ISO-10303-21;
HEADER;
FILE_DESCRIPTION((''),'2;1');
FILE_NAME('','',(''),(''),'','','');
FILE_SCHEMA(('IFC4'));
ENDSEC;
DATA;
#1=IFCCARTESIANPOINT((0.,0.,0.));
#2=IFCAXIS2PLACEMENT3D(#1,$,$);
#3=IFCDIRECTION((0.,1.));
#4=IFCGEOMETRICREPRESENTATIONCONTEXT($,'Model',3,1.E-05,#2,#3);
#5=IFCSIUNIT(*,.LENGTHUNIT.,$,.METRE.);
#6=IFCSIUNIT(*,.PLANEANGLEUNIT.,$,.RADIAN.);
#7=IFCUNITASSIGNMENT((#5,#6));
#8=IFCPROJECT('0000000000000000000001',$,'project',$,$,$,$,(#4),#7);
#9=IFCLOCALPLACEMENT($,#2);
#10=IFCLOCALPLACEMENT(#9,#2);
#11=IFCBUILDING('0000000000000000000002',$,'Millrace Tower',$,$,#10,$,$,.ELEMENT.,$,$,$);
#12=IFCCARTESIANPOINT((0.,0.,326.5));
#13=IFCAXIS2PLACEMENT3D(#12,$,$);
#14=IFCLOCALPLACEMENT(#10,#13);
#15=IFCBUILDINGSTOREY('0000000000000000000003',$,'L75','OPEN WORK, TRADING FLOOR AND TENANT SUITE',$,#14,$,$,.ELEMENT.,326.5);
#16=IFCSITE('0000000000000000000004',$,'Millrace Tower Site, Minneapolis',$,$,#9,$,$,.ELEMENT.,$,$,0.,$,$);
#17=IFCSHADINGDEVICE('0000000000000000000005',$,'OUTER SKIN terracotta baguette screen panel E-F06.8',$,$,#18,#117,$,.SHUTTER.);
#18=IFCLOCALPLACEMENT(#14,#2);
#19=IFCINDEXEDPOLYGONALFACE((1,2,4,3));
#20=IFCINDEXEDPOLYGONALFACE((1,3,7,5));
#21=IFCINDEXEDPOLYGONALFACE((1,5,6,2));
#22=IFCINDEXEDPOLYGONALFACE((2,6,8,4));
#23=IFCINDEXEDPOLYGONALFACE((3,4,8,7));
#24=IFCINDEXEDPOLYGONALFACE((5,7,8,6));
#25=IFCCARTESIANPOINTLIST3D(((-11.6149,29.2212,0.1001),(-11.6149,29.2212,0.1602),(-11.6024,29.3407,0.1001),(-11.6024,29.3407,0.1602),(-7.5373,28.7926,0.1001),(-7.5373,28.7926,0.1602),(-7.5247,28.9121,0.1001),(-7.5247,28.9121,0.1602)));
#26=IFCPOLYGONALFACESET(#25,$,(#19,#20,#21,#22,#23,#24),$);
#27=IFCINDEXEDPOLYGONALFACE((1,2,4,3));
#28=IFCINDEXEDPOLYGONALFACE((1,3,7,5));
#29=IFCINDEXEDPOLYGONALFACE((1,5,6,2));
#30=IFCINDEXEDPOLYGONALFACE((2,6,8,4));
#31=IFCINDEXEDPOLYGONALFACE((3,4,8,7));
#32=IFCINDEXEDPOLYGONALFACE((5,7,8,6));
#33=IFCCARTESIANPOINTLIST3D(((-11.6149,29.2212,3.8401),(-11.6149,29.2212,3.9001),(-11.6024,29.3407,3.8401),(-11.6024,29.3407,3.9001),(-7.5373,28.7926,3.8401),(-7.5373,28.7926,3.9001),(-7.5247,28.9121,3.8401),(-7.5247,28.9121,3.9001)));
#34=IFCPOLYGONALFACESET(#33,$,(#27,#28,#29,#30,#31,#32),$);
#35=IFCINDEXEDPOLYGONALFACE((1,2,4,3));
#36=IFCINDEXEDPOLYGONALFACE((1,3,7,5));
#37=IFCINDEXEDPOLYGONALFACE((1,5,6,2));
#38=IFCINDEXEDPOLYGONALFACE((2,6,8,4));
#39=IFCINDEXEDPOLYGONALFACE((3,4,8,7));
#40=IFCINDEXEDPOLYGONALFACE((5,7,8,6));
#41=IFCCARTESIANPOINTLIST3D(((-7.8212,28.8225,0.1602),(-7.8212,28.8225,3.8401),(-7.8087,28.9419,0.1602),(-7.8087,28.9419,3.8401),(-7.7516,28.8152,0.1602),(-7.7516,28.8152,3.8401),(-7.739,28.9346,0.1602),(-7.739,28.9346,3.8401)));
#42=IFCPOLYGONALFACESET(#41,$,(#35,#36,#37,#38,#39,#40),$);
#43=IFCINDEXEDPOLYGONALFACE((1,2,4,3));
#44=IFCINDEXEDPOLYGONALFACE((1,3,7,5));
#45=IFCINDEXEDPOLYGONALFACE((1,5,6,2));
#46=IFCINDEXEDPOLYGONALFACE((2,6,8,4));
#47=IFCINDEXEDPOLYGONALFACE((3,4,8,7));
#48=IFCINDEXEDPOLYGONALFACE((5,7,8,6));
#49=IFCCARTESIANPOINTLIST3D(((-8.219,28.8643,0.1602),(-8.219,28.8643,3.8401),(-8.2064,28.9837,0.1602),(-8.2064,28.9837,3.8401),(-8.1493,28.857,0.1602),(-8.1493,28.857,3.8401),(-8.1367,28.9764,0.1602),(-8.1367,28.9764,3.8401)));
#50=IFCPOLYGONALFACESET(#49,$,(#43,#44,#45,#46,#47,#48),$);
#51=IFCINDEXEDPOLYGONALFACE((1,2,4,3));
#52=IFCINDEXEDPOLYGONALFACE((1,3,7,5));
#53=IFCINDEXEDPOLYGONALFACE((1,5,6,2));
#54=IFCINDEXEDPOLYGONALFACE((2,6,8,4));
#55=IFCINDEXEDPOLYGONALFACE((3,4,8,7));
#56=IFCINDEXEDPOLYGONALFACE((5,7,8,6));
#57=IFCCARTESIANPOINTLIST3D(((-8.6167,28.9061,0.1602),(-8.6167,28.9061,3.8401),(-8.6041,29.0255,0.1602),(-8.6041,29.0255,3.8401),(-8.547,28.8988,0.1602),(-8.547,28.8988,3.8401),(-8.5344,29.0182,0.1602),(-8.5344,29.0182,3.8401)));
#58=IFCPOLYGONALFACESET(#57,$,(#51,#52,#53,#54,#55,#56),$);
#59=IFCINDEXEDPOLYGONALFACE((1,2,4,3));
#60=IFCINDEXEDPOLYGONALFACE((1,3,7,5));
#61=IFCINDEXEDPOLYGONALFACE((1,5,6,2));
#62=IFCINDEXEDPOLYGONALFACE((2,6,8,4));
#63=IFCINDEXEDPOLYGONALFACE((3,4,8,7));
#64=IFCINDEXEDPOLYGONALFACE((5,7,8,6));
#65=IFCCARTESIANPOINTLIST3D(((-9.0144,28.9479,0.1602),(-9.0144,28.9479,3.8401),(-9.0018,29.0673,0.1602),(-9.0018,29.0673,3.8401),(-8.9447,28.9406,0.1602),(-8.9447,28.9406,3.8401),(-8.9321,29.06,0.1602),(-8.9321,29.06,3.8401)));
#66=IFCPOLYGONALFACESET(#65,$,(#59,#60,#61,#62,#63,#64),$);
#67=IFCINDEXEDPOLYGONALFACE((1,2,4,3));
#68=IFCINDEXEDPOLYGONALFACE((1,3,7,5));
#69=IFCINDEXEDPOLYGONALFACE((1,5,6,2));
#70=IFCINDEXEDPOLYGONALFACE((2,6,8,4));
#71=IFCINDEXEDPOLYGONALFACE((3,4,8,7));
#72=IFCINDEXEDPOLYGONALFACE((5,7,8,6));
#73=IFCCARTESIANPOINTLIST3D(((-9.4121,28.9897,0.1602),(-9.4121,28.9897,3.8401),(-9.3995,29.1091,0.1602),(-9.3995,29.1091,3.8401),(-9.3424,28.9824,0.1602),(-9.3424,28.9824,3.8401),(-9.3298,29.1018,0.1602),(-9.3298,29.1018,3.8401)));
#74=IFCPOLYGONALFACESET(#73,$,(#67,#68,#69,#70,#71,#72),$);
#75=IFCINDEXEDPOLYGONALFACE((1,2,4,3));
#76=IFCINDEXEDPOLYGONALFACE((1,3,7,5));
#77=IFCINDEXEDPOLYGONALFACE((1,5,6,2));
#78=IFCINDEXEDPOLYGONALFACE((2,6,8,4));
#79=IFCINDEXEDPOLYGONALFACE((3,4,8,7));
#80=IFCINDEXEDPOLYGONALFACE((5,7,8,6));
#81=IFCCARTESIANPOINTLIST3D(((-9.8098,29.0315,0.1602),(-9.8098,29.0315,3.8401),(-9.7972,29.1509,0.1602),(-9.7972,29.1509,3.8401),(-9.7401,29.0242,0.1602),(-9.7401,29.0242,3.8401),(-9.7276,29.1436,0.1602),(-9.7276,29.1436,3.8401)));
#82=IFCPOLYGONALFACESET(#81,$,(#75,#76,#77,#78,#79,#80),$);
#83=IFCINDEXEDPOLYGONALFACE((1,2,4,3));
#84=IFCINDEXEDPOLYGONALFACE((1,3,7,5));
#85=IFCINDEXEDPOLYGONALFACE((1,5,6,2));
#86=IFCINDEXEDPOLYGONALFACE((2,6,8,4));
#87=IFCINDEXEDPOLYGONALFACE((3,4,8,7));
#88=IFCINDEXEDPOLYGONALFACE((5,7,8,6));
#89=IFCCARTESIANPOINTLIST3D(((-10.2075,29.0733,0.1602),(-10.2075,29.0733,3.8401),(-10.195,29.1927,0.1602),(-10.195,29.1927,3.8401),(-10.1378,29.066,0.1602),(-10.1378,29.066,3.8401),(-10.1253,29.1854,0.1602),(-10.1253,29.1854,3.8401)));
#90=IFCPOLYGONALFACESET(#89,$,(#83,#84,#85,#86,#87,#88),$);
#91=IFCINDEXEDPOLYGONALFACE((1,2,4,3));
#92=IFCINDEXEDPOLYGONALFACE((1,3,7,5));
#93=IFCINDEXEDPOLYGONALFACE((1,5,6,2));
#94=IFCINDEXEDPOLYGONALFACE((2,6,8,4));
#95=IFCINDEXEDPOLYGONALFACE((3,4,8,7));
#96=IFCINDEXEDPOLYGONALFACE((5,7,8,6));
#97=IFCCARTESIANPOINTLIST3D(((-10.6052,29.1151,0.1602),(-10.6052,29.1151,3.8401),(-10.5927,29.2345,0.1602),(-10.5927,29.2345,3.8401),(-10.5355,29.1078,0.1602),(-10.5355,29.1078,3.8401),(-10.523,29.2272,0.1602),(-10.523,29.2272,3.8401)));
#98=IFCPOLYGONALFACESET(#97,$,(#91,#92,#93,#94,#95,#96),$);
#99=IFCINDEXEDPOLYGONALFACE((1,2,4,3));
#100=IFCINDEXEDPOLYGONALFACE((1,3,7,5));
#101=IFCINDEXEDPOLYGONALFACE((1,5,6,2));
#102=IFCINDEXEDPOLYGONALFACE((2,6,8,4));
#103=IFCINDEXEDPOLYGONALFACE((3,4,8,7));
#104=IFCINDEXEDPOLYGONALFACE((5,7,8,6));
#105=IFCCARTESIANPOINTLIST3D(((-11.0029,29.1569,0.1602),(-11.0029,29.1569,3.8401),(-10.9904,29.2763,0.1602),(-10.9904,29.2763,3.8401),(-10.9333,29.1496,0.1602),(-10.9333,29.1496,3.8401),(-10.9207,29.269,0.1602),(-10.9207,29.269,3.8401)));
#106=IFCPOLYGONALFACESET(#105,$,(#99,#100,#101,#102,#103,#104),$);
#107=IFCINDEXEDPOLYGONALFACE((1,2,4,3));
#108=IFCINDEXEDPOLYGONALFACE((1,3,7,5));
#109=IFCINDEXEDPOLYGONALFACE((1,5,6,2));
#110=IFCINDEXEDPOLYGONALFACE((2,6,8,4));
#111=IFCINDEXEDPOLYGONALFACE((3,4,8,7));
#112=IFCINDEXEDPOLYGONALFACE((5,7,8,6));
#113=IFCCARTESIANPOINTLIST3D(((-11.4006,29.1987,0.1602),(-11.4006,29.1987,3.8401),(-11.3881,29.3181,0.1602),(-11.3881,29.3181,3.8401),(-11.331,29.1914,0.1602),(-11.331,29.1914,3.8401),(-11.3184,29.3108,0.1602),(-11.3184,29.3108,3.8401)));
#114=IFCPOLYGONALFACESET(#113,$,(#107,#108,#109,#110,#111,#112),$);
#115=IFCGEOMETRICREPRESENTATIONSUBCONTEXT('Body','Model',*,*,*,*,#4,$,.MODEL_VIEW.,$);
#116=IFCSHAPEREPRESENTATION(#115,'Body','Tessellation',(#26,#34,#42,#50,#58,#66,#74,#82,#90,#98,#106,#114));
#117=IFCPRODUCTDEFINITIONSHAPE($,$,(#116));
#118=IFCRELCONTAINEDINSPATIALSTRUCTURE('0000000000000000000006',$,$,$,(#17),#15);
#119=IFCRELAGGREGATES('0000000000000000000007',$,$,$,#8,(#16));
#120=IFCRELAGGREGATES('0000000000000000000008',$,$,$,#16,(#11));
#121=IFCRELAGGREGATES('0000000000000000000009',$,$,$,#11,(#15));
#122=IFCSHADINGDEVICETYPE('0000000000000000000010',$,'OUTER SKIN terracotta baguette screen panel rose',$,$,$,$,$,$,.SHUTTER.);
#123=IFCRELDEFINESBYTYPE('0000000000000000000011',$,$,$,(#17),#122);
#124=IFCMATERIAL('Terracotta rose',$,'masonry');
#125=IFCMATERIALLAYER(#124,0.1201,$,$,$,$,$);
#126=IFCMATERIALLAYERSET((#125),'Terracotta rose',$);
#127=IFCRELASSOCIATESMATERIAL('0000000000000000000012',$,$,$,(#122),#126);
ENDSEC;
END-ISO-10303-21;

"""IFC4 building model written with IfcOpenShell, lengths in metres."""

from ifc_helpers import new_model, entity, si_unit, direction, frame, frame_2d, origin, place, context, subcontext, project, spatial, rectangle, extrude, source, transform, mapped, material, layer, layer_set, type_object, element, save


model = new_model("IFC4")

# Units and contexts
model_context = context("Model", 3, precision=1e-05, world=origin(), true_north=direction((0.0, 1.0)))
body_context = subcontext(model_context, "Body", "Model", "MODEL_VIEW")
ifc_project = project(units=[si_unit("LENGTHUNIT", "METRE"), si_unit("PLANEANGLEUNIT", "RADIAN")], contexts=[model_context])

# Site, building, storey
site_placement = place(None, origin())
site = spatial("IfcSite", under=ifc_project, at=site_placement, Name="Millrace Tower Site, Minneapolis", CompositionType="ELEMENT", RefElevation=0.0)
building_placement = place(site_placement, origin())
building = spatial("IfcBuilding", under=site, at=building_placement, Name="Millrace Tower", CompositionType="ELEMENT")
storey_placement = place(building_placement, frame((0.0, 0.0, 326.5)))
storey = spatial("IfcBuildingStorey", under=building, at=storey_placement, Name="L75", Description="OPEN WORK, TRADING FLOOR AND TENANT SUITE", CompositionType="ELEMENT", Elevation=326.5)

# Shading device
ifc_material_1 = material(Name="Terracotta rose", Category="masonry")
ifc_layer_1 = layer(ifc_material_1, 0.1201)
ifc_layer_set_1 = layer_set([ifc_layer_1], Name="Terracotta rose")
shading_device_type = type_object("IfcShadingDeviceType", Name="OUTER SKIN terracotta baguette screen panel rose", PredefinedType="SHUTTER", material=ifc_layer_set_1)
cartesian_point_1 = entity("IfcCartesianPoint", [-2.05, 0.0601])
shared_polyline_1 = entity("IfcPolyline", [cartesian_point_1, entity("IfcCartesianPoint", [2.05, 0.0601]), entity("IfcCartesianPoint", [2.05, -0.0601]), entity("IfcCartesianPoint", [-2.05, -0.0601]), cartesian_point_1])
shared_shape_1 = source(origin(), body_context, "Body", "SweptSolid", [
    entity("IfcExtrudedAreaSolid", entity("IfcArbitraryClosedProfileDef", "AREA", None, shared_polyline_1), entity("IfcAxis2Placement3D", entity("IfcCartesianPoint", [0.0, 0.0, 0.0])), entity("IfcDirection", [0.0, 0.0, 1.0]), 0.0601),
    entity("IfcExtrudedAreaSolid", entity("IfcArbitraryClosedProfileDef", "AREA", None, shared_polyline_1), entity("IfcAxis2Placement3D", entity("IfcCartesianPoint", [0.0, 0.0, 3.74])), entity("IfcDirection", [0.0, 0.0, 1.0]), 0.0601),
    extrude(rectangle(XDim=0.0701, YDim=0.1201, at=frame_2d((-1.7996, 0.0))), frame((0.0, 0.0, 0.0601)), (0.0, 0.0, 1.0), 3.6799),
    extrude(rectangle(XDim=0.0701, YDim=0.1201, at=frame_2d((-1.3997, 0.0))), frame((0.0, 0.0, 0.0601)), (0.0, 0.0, 1.0), 3.6799),
    extrude(rectangle(XDim=0.0701, YDim=0.1201, at=frame_2d((-0.9998, 0.0))), frame((0.0, 0.0, 0.0601)), (0.0, 0.0, 1.0), 3.6799),
    extrude(rectangle(XDim=0.0701, YDim=0.1201, at=frame_2d((-0.5999, 0.0))), frame((0.0, 0.0, 0.0601)), (0.0, 0.0, 1.0), 3.6799),
    extrude(rectangle(XDim=0.0701, YDim=0.1201, at=frame_2d((-0.2, 0.0))), frame((0.0, 0.0, 0.0601)), (0.0, 0.0, 1.0), 3.6799),
    extrude(rectangle(XDim=0.0701, YDim=0.1201, at=frame_2d((0.2, 0.0))), frame((0.0, 0.0, 0.0601)), (0.0, 0.0, 1.0), 3.6799),
    extrude(rectangle(XDim=0.0701, YDim=0.1201, at=frame_2d((0.5999, 0.0))), frame((0.0, 0.0, 0.0601)), (0.0, 0.0, 1.0), 3.6799),
    extrude(rectangle(XDim=0.0701, YDim=0.1201, at=frame_2d((0.9998, 0.0))), frame((0.0, 0.0, 0.0601)), (0.0, 0.0, 1.0), 3.6799),
    extrude(rectangle(XDim=0.0701, YDim=0.1201, at=frame_2d((1.3997, 0.0))), frame((0.0, 0.0, 0.0601)), (0.0, 0.0, 1.0), 3.6799),
    extrude(rectangle(XDim=0.0701, YDim=0.1201, at=frame_2d((1.7996, 0.0))), frame((0.0, 0.0, 0.0601)), (0.0, 0.0, 1.0), 3.6799),
])
for number, where, z_axis, x_axis, name in (
    (1, (-9.5698, 29.0667, 0.1001), (0.0, 0.0, 1.0), (-0.994522, 0.104528, 0.0), "OUTER SKIN terracotta baguette screen panel E-F06.8"),
):
    element("IfcShadingDevice", number, at=place(storey_placement, frame(where, z_axis=z_axis, x_axis=x_axis)), inside=storey, type_object=shading_device_type, Name=name, PredefinedType="SHUTTER", context=body_context, shape_type="MappedRepresentation", body=[
        mapped(shared_shape_1, transform((0.0, 0.0, 0.0), scale=1.0)),
    ])

save(model, "model.ifc")
